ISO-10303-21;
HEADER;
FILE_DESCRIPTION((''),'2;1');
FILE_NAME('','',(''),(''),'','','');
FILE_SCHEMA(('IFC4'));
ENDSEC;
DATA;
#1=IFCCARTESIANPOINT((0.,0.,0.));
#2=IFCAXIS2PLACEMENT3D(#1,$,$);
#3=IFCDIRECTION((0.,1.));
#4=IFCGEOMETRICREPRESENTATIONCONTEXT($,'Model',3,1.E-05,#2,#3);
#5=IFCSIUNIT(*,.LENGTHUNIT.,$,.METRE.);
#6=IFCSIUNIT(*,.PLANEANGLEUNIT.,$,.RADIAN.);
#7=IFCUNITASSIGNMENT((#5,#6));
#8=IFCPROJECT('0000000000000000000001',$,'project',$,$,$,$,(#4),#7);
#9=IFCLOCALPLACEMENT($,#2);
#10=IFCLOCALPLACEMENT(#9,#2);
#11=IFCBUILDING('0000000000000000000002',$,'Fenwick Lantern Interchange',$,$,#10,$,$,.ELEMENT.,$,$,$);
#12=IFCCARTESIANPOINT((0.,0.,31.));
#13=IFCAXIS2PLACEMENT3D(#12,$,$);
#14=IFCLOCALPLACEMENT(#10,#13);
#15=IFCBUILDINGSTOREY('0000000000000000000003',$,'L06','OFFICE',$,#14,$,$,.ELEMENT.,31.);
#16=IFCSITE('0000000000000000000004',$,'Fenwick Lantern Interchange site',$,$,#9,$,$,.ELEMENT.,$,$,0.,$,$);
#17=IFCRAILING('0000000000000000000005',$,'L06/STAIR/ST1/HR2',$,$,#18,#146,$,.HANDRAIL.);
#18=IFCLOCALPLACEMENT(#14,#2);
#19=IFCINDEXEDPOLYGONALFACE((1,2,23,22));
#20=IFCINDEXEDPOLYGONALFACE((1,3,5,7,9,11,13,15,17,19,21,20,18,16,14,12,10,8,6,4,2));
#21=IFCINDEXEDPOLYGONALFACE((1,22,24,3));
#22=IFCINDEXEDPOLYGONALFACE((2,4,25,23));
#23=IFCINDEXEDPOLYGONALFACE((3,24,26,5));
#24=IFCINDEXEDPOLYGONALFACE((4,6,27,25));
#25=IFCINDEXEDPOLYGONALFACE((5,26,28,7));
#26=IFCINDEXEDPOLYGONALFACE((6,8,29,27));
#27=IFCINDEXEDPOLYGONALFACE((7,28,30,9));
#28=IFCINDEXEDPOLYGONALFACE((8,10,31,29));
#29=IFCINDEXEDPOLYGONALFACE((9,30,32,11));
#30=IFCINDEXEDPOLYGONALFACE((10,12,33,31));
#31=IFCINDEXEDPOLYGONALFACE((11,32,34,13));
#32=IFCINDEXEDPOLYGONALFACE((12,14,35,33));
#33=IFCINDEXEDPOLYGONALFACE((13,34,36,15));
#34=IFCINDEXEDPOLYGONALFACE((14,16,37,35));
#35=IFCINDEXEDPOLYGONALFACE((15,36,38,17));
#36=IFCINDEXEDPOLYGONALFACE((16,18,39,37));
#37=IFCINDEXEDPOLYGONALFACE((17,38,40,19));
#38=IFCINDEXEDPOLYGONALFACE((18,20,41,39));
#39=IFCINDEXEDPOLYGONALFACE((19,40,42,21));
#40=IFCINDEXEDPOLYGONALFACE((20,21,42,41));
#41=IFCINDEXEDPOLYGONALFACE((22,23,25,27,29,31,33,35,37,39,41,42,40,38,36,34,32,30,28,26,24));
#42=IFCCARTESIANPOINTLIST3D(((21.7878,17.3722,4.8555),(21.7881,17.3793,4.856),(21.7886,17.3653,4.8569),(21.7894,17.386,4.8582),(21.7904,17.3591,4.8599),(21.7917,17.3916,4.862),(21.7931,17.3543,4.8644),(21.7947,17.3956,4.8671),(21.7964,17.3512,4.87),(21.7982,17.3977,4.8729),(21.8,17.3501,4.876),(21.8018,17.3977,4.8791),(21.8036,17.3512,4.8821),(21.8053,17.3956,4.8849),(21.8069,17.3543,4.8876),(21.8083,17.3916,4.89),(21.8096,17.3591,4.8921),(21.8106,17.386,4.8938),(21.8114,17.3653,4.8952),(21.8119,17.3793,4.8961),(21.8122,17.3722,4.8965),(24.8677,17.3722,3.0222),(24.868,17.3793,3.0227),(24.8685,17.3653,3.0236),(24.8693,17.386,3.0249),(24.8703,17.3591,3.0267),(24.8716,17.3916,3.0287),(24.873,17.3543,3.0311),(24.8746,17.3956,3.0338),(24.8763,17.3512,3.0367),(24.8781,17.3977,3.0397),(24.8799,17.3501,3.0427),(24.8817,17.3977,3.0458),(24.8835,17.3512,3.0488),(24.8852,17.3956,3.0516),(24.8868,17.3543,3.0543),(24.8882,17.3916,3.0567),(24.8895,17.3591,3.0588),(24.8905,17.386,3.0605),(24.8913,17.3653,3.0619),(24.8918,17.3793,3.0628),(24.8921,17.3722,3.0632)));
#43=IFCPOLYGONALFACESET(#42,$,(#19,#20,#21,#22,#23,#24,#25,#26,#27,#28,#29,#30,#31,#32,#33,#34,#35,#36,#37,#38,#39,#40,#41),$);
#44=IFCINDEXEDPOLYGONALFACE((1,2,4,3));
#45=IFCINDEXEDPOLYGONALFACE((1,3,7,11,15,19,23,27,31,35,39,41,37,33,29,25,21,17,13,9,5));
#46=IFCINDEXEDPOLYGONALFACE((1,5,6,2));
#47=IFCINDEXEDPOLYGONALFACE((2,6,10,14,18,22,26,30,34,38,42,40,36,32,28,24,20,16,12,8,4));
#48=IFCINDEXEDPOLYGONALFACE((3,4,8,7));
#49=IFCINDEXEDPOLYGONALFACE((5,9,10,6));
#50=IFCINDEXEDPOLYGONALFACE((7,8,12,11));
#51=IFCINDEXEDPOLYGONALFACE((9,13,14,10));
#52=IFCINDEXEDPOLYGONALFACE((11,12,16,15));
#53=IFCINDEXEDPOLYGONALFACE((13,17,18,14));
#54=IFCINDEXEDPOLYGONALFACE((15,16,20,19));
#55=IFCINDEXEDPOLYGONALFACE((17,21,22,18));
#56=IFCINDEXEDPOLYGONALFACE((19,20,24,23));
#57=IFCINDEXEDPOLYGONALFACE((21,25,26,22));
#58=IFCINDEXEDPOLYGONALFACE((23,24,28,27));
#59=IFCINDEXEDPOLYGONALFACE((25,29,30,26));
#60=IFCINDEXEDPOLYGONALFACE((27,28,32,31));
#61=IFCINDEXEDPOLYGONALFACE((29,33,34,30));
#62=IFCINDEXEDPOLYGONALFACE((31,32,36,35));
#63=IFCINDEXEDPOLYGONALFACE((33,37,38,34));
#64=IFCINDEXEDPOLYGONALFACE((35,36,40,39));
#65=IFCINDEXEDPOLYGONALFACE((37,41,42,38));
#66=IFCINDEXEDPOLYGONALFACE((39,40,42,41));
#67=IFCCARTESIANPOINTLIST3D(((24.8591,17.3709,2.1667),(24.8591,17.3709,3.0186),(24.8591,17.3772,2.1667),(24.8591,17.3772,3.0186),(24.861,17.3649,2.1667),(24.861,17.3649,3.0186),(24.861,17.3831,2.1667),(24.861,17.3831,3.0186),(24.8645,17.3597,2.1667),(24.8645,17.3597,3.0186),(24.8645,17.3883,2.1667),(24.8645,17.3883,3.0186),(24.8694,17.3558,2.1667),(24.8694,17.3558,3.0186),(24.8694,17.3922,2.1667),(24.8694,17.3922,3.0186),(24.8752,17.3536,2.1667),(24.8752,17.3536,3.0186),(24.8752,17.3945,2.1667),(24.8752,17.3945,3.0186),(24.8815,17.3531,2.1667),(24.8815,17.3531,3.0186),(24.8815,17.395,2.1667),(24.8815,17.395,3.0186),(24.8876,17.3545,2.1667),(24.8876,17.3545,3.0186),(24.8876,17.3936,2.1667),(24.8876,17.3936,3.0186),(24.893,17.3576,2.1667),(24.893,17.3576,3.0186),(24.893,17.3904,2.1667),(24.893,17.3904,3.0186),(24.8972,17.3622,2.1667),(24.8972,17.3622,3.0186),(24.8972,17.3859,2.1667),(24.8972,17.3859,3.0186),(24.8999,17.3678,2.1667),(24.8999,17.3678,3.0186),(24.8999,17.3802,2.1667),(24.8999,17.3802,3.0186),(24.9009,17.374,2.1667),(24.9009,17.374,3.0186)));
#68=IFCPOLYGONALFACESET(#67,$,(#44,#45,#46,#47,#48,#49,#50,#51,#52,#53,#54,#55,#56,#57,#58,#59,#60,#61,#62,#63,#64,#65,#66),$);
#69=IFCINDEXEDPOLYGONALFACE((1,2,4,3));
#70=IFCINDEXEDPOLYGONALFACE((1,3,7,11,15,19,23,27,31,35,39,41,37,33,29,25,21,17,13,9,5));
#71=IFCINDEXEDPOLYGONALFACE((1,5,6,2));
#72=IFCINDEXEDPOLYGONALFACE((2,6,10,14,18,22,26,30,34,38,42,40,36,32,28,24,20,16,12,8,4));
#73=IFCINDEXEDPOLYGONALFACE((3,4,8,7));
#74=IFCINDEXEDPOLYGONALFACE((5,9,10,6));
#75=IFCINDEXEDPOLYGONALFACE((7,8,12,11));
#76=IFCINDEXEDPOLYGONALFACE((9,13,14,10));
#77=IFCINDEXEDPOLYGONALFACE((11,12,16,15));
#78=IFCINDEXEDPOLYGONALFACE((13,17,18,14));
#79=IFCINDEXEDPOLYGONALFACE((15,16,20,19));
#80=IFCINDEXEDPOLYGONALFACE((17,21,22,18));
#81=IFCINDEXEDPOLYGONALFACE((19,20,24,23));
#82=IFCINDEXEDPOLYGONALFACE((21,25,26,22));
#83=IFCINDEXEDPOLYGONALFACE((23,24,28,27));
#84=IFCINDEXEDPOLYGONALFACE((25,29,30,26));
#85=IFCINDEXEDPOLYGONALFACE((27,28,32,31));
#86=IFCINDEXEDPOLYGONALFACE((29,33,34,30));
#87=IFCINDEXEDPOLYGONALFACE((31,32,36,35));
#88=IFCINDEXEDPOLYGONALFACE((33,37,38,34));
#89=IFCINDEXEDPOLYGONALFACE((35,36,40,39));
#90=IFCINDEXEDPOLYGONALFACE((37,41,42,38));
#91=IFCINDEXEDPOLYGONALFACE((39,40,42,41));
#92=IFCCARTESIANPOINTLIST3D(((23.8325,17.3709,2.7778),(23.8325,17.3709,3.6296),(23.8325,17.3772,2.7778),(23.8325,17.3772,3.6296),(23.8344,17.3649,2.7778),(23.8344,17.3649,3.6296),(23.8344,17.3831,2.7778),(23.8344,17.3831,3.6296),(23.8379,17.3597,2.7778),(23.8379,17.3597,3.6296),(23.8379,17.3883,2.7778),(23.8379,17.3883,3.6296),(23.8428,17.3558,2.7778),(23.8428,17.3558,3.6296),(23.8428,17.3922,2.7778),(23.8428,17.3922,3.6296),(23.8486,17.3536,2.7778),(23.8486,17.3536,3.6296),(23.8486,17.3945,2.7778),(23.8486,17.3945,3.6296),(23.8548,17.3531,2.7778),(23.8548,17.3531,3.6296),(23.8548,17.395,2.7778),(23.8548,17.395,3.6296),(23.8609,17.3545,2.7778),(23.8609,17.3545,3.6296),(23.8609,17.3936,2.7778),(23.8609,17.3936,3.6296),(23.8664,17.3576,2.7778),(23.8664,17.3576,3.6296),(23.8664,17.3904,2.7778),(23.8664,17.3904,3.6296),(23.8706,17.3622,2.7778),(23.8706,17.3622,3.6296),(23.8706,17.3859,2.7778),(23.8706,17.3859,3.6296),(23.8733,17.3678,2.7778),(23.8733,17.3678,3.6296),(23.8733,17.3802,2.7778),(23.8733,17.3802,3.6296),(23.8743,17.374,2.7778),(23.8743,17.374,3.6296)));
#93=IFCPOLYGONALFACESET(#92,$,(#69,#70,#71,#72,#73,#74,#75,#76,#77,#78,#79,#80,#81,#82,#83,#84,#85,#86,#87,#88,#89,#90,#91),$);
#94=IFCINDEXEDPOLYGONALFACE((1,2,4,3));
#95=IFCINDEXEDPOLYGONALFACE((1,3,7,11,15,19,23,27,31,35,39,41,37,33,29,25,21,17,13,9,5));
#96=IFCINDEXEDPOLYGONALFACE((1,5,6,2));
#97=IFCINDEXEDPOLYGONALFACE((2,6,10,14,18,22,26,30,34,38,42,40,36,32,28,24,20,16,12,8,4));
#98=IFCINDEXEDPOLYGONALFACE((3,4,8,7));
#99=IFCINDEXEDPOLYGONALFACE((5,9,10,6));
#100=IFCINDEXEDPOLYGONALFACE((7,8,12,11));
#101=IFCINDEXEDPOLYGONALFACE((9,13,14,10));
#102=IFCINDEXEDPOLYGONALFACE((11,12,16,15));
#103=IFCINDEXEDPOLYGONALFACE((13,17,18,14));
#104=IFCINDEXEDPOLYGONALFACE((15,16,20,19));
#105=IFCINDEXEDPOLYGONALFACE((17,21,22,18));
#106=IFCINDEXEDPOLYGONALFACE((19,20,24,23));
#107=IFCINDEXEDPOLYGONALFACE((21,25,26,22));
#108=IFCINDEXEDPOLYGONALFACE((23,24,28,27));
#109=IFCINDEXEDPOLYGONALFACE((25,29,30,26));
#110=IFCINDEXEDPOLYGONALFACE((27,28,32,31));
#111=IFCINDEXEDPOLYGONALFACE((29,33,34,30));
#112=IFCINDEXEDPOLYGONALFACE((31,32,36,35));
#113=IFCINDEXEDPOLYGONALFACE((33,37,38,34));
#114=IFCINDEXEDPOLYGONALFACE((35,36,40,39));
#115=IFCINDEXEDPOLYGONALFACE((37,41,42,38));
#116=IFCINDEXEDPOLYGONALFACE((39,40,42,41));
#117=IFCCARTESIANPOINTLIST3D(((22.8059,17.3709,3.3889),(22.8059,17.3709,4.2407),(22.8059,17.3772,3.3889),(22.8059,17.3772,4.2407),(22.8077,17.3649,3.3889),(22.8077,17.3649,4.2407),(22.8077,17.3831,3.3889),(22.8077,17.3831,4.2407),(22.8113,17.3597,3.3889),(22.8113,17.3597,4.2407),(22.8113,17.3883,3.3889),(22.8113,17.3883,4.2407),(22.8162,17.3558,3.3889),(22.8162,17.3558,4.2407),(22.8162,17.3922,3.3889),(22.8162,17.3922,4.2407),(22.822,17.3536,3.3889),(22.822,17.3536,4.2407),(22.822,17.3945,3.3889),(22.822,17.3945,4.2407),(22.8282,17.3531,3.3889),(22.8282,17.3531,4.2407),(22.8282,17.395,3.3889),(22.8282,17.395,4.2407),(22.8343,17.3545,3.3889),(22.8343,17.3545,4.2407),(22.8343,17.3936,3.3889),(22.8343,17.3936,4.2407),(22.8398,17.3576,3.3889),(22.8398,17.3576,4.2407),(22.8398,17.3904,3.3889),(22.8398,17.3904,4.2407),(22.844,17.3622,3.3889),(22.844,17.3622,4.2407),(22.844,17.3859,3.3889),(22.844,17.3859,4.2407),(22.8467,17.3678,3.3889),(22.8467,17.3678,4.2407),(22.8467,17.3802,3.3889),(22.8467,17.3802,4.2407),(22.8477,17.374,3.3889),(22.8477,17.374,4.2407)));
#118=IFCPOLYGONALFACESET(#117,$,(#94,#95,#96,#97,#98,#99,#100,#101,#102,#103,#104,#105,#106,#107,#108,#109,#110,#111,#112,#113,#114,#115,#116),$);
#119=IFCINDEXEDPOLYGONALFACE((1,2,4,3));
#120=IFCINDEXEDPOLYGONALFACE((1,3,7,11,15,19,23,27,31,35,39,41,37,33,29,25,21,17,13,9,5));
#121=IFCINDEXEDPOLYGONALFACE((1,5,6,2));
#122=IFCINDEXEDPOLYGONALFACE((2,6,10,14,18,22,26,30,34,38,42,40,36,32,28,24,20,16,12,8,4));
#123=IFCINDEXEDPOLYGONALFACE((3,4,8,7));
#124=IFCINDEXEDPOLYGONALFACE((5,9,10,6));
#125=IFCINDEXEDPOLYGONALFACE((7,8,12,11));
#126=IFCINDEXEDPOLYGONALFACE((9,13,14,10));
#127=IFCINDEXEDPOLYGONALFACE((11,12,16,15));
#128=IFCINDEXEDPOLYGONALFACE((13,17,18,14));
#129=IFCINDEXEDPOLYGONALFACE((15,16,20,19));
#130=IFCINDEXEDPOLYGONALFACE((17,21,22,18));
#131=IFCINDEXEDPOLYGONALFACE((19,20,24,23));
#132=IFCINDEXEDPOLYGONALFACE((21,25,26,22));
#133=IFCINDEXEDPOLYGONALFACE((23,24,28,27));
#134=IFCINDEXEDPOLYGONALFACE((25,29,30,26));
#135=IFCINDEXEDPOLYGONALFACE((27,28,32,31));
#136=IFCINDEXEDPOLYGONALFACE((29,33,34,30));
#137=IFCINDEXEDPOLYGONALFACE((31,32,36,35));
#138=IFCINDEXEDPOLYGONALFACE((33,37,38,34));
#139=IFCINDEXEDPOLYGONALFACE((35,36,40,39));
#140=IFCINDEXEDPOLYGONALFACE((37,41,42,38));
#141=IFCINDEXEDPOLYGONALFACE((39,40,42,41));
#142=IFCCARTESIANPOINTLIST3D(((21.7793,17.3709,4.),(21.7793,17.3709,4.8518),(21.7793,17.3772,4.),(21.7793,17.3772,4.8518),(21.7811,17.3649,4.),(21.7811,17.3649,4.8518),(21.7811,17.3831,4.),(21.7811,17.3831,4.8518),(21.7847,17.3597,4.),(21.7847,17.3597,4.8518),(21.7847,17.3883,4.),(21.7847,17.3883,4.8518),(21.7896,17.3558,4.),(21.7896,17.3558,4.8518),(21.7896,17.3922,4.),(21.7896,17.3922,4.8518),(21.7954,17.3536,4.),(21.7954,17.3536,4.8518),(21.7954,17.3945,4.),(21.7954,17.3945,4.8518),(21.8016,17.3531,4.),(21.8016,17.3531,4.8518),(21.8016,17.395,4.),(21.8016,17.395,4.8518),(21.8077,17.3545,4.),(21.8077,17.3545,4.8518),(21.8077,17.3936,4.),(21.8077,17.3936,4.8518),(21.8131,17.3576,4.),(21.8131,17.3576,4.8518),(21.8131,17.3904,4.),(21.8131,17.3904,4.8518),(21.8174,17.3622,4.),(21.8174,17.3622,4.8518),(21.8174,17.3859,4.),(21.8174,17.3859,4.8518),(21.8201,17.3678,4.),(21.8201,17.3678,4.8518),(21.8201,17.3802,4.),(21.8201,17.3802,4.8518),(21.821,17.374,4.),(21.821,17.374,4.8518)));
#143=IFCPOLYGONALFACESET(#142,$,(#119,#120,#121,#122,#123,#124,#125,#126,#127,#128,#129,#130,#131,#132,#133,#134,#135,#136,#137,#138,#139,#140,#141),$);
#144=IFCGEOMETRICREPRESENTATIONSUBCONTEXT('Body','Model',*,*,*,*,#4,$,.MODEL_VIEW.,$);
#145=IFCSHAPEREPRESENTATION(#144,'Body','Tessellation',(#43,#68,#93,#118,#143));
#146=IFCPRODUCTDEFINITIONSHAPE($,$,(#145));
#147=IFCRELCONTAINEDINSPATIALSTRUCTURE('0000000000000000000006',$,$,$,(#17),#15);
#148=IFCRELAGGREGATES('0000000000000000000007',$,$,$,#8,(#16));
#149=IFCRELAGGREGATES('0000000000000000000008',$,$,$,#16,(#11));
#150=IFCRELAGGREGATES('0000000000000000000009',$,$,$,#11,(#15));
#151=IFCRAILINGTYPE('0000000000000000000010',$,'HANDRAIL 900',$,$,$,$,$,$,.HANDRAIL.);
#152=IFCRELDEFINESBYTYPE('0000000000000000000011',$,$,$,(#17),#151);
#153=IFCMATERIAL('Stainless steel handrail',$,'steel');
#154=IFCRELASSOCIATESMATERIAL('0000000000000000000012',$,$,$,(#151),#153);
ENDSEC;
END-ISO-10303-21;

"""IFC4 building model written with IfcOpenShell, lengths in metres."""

from ifc_helpers import new_model, si_unit, direction, frame, origin, origin_2d, place, context, subcontext, project, spatial, circle, extrude, material, type_object, element, save


model = new_model("IFC4")

# Units and contexts
model_context = context("Model", 3, precision=1e-05, world=origin(), true_north=direction((0.0, 1.0)))
body_context = subcontext(model_context, "Body", "Model", "MODEL_VIEW")
ifc_project = project(units=[si_unit("LENGTHUNIT", "METRE"), si_unit("PLANEANGLEUNIT", "RADIAN")], contexts=[model_context])

# Site, building, storey
site_placement = place(None, origin())
site = spatial("IfcSite", under=ifc_project, at=site_placement, Name="Fenwick Lantern Interchange site", CompositionType="ELEMENT", RefElevation=0.0)
building_placement = place(site_placement, origin())
building = spatial("IfcBuilding", under=site, at=building_placement, Name="Fenwick Lantern Interchange", CompositionType="ELEMENT")
storey_placement = place(building_placement, frame((0.0, 0.0, 31.0)))
storey = spatial("IfcBuildingStorey", under=building, at=storey_placement, Name="L06", Description="OFFICE", CompositionType="ELEMENT", Elevation=31.0)

# Railing
ifc_material_1 = material(Name="Stainless steel handrail", Category="steel")
railing_type = type_object("IfcRailingType", Name="HANDRAIL 900", PredefinedType="HANDRAIL", material=ifc_material_1)
railing_1_placement = place(storey_placement, frame((24.8799, 17.374, 2.1667)))
element("IfcRailing", 1, at=railing_1_placement, inside=storey, type_object=railing_type, Name="L06/STAIR/ST1/HR2", PredefinedType="HANDRAIL", context=body_context, shape_type="SweptSolid", body=[
    extrude(circle(Radius=0.0239, at=origin_2d()), frame((0.0, 0.0, 0.876), z_axis=(-0.859291, 0.0, 0.511487), x_axis=(0.0, -1.0, 0.0)), (0.0, 0.0, 1.0), 3.5842),
    extrude(circle(Radius=0.021, at=origin_2d()), origin(), (0.0, 0.0, 1.0), 0.8518),
    extrude(circle(Radius=0.021, at=origin_2d()), frame((-1.0266, 0.0, 0.6111)), (0.0, 0.0, 1.0), 0.8518),
    extrude(circle(Radius=0.021, at=origin_2d()), frame((-2.0532, 0.0, 1.2222)), (0.0, 0.0, 1.0), 0.8518),
    extrude(circle(Radius=0.021, at=origin_2d()), frame((-3.0798, 0.0, 1.8333)), (0.0, 0.0, 1.0), 0.8518),
])

save(model, "model.ifc")
